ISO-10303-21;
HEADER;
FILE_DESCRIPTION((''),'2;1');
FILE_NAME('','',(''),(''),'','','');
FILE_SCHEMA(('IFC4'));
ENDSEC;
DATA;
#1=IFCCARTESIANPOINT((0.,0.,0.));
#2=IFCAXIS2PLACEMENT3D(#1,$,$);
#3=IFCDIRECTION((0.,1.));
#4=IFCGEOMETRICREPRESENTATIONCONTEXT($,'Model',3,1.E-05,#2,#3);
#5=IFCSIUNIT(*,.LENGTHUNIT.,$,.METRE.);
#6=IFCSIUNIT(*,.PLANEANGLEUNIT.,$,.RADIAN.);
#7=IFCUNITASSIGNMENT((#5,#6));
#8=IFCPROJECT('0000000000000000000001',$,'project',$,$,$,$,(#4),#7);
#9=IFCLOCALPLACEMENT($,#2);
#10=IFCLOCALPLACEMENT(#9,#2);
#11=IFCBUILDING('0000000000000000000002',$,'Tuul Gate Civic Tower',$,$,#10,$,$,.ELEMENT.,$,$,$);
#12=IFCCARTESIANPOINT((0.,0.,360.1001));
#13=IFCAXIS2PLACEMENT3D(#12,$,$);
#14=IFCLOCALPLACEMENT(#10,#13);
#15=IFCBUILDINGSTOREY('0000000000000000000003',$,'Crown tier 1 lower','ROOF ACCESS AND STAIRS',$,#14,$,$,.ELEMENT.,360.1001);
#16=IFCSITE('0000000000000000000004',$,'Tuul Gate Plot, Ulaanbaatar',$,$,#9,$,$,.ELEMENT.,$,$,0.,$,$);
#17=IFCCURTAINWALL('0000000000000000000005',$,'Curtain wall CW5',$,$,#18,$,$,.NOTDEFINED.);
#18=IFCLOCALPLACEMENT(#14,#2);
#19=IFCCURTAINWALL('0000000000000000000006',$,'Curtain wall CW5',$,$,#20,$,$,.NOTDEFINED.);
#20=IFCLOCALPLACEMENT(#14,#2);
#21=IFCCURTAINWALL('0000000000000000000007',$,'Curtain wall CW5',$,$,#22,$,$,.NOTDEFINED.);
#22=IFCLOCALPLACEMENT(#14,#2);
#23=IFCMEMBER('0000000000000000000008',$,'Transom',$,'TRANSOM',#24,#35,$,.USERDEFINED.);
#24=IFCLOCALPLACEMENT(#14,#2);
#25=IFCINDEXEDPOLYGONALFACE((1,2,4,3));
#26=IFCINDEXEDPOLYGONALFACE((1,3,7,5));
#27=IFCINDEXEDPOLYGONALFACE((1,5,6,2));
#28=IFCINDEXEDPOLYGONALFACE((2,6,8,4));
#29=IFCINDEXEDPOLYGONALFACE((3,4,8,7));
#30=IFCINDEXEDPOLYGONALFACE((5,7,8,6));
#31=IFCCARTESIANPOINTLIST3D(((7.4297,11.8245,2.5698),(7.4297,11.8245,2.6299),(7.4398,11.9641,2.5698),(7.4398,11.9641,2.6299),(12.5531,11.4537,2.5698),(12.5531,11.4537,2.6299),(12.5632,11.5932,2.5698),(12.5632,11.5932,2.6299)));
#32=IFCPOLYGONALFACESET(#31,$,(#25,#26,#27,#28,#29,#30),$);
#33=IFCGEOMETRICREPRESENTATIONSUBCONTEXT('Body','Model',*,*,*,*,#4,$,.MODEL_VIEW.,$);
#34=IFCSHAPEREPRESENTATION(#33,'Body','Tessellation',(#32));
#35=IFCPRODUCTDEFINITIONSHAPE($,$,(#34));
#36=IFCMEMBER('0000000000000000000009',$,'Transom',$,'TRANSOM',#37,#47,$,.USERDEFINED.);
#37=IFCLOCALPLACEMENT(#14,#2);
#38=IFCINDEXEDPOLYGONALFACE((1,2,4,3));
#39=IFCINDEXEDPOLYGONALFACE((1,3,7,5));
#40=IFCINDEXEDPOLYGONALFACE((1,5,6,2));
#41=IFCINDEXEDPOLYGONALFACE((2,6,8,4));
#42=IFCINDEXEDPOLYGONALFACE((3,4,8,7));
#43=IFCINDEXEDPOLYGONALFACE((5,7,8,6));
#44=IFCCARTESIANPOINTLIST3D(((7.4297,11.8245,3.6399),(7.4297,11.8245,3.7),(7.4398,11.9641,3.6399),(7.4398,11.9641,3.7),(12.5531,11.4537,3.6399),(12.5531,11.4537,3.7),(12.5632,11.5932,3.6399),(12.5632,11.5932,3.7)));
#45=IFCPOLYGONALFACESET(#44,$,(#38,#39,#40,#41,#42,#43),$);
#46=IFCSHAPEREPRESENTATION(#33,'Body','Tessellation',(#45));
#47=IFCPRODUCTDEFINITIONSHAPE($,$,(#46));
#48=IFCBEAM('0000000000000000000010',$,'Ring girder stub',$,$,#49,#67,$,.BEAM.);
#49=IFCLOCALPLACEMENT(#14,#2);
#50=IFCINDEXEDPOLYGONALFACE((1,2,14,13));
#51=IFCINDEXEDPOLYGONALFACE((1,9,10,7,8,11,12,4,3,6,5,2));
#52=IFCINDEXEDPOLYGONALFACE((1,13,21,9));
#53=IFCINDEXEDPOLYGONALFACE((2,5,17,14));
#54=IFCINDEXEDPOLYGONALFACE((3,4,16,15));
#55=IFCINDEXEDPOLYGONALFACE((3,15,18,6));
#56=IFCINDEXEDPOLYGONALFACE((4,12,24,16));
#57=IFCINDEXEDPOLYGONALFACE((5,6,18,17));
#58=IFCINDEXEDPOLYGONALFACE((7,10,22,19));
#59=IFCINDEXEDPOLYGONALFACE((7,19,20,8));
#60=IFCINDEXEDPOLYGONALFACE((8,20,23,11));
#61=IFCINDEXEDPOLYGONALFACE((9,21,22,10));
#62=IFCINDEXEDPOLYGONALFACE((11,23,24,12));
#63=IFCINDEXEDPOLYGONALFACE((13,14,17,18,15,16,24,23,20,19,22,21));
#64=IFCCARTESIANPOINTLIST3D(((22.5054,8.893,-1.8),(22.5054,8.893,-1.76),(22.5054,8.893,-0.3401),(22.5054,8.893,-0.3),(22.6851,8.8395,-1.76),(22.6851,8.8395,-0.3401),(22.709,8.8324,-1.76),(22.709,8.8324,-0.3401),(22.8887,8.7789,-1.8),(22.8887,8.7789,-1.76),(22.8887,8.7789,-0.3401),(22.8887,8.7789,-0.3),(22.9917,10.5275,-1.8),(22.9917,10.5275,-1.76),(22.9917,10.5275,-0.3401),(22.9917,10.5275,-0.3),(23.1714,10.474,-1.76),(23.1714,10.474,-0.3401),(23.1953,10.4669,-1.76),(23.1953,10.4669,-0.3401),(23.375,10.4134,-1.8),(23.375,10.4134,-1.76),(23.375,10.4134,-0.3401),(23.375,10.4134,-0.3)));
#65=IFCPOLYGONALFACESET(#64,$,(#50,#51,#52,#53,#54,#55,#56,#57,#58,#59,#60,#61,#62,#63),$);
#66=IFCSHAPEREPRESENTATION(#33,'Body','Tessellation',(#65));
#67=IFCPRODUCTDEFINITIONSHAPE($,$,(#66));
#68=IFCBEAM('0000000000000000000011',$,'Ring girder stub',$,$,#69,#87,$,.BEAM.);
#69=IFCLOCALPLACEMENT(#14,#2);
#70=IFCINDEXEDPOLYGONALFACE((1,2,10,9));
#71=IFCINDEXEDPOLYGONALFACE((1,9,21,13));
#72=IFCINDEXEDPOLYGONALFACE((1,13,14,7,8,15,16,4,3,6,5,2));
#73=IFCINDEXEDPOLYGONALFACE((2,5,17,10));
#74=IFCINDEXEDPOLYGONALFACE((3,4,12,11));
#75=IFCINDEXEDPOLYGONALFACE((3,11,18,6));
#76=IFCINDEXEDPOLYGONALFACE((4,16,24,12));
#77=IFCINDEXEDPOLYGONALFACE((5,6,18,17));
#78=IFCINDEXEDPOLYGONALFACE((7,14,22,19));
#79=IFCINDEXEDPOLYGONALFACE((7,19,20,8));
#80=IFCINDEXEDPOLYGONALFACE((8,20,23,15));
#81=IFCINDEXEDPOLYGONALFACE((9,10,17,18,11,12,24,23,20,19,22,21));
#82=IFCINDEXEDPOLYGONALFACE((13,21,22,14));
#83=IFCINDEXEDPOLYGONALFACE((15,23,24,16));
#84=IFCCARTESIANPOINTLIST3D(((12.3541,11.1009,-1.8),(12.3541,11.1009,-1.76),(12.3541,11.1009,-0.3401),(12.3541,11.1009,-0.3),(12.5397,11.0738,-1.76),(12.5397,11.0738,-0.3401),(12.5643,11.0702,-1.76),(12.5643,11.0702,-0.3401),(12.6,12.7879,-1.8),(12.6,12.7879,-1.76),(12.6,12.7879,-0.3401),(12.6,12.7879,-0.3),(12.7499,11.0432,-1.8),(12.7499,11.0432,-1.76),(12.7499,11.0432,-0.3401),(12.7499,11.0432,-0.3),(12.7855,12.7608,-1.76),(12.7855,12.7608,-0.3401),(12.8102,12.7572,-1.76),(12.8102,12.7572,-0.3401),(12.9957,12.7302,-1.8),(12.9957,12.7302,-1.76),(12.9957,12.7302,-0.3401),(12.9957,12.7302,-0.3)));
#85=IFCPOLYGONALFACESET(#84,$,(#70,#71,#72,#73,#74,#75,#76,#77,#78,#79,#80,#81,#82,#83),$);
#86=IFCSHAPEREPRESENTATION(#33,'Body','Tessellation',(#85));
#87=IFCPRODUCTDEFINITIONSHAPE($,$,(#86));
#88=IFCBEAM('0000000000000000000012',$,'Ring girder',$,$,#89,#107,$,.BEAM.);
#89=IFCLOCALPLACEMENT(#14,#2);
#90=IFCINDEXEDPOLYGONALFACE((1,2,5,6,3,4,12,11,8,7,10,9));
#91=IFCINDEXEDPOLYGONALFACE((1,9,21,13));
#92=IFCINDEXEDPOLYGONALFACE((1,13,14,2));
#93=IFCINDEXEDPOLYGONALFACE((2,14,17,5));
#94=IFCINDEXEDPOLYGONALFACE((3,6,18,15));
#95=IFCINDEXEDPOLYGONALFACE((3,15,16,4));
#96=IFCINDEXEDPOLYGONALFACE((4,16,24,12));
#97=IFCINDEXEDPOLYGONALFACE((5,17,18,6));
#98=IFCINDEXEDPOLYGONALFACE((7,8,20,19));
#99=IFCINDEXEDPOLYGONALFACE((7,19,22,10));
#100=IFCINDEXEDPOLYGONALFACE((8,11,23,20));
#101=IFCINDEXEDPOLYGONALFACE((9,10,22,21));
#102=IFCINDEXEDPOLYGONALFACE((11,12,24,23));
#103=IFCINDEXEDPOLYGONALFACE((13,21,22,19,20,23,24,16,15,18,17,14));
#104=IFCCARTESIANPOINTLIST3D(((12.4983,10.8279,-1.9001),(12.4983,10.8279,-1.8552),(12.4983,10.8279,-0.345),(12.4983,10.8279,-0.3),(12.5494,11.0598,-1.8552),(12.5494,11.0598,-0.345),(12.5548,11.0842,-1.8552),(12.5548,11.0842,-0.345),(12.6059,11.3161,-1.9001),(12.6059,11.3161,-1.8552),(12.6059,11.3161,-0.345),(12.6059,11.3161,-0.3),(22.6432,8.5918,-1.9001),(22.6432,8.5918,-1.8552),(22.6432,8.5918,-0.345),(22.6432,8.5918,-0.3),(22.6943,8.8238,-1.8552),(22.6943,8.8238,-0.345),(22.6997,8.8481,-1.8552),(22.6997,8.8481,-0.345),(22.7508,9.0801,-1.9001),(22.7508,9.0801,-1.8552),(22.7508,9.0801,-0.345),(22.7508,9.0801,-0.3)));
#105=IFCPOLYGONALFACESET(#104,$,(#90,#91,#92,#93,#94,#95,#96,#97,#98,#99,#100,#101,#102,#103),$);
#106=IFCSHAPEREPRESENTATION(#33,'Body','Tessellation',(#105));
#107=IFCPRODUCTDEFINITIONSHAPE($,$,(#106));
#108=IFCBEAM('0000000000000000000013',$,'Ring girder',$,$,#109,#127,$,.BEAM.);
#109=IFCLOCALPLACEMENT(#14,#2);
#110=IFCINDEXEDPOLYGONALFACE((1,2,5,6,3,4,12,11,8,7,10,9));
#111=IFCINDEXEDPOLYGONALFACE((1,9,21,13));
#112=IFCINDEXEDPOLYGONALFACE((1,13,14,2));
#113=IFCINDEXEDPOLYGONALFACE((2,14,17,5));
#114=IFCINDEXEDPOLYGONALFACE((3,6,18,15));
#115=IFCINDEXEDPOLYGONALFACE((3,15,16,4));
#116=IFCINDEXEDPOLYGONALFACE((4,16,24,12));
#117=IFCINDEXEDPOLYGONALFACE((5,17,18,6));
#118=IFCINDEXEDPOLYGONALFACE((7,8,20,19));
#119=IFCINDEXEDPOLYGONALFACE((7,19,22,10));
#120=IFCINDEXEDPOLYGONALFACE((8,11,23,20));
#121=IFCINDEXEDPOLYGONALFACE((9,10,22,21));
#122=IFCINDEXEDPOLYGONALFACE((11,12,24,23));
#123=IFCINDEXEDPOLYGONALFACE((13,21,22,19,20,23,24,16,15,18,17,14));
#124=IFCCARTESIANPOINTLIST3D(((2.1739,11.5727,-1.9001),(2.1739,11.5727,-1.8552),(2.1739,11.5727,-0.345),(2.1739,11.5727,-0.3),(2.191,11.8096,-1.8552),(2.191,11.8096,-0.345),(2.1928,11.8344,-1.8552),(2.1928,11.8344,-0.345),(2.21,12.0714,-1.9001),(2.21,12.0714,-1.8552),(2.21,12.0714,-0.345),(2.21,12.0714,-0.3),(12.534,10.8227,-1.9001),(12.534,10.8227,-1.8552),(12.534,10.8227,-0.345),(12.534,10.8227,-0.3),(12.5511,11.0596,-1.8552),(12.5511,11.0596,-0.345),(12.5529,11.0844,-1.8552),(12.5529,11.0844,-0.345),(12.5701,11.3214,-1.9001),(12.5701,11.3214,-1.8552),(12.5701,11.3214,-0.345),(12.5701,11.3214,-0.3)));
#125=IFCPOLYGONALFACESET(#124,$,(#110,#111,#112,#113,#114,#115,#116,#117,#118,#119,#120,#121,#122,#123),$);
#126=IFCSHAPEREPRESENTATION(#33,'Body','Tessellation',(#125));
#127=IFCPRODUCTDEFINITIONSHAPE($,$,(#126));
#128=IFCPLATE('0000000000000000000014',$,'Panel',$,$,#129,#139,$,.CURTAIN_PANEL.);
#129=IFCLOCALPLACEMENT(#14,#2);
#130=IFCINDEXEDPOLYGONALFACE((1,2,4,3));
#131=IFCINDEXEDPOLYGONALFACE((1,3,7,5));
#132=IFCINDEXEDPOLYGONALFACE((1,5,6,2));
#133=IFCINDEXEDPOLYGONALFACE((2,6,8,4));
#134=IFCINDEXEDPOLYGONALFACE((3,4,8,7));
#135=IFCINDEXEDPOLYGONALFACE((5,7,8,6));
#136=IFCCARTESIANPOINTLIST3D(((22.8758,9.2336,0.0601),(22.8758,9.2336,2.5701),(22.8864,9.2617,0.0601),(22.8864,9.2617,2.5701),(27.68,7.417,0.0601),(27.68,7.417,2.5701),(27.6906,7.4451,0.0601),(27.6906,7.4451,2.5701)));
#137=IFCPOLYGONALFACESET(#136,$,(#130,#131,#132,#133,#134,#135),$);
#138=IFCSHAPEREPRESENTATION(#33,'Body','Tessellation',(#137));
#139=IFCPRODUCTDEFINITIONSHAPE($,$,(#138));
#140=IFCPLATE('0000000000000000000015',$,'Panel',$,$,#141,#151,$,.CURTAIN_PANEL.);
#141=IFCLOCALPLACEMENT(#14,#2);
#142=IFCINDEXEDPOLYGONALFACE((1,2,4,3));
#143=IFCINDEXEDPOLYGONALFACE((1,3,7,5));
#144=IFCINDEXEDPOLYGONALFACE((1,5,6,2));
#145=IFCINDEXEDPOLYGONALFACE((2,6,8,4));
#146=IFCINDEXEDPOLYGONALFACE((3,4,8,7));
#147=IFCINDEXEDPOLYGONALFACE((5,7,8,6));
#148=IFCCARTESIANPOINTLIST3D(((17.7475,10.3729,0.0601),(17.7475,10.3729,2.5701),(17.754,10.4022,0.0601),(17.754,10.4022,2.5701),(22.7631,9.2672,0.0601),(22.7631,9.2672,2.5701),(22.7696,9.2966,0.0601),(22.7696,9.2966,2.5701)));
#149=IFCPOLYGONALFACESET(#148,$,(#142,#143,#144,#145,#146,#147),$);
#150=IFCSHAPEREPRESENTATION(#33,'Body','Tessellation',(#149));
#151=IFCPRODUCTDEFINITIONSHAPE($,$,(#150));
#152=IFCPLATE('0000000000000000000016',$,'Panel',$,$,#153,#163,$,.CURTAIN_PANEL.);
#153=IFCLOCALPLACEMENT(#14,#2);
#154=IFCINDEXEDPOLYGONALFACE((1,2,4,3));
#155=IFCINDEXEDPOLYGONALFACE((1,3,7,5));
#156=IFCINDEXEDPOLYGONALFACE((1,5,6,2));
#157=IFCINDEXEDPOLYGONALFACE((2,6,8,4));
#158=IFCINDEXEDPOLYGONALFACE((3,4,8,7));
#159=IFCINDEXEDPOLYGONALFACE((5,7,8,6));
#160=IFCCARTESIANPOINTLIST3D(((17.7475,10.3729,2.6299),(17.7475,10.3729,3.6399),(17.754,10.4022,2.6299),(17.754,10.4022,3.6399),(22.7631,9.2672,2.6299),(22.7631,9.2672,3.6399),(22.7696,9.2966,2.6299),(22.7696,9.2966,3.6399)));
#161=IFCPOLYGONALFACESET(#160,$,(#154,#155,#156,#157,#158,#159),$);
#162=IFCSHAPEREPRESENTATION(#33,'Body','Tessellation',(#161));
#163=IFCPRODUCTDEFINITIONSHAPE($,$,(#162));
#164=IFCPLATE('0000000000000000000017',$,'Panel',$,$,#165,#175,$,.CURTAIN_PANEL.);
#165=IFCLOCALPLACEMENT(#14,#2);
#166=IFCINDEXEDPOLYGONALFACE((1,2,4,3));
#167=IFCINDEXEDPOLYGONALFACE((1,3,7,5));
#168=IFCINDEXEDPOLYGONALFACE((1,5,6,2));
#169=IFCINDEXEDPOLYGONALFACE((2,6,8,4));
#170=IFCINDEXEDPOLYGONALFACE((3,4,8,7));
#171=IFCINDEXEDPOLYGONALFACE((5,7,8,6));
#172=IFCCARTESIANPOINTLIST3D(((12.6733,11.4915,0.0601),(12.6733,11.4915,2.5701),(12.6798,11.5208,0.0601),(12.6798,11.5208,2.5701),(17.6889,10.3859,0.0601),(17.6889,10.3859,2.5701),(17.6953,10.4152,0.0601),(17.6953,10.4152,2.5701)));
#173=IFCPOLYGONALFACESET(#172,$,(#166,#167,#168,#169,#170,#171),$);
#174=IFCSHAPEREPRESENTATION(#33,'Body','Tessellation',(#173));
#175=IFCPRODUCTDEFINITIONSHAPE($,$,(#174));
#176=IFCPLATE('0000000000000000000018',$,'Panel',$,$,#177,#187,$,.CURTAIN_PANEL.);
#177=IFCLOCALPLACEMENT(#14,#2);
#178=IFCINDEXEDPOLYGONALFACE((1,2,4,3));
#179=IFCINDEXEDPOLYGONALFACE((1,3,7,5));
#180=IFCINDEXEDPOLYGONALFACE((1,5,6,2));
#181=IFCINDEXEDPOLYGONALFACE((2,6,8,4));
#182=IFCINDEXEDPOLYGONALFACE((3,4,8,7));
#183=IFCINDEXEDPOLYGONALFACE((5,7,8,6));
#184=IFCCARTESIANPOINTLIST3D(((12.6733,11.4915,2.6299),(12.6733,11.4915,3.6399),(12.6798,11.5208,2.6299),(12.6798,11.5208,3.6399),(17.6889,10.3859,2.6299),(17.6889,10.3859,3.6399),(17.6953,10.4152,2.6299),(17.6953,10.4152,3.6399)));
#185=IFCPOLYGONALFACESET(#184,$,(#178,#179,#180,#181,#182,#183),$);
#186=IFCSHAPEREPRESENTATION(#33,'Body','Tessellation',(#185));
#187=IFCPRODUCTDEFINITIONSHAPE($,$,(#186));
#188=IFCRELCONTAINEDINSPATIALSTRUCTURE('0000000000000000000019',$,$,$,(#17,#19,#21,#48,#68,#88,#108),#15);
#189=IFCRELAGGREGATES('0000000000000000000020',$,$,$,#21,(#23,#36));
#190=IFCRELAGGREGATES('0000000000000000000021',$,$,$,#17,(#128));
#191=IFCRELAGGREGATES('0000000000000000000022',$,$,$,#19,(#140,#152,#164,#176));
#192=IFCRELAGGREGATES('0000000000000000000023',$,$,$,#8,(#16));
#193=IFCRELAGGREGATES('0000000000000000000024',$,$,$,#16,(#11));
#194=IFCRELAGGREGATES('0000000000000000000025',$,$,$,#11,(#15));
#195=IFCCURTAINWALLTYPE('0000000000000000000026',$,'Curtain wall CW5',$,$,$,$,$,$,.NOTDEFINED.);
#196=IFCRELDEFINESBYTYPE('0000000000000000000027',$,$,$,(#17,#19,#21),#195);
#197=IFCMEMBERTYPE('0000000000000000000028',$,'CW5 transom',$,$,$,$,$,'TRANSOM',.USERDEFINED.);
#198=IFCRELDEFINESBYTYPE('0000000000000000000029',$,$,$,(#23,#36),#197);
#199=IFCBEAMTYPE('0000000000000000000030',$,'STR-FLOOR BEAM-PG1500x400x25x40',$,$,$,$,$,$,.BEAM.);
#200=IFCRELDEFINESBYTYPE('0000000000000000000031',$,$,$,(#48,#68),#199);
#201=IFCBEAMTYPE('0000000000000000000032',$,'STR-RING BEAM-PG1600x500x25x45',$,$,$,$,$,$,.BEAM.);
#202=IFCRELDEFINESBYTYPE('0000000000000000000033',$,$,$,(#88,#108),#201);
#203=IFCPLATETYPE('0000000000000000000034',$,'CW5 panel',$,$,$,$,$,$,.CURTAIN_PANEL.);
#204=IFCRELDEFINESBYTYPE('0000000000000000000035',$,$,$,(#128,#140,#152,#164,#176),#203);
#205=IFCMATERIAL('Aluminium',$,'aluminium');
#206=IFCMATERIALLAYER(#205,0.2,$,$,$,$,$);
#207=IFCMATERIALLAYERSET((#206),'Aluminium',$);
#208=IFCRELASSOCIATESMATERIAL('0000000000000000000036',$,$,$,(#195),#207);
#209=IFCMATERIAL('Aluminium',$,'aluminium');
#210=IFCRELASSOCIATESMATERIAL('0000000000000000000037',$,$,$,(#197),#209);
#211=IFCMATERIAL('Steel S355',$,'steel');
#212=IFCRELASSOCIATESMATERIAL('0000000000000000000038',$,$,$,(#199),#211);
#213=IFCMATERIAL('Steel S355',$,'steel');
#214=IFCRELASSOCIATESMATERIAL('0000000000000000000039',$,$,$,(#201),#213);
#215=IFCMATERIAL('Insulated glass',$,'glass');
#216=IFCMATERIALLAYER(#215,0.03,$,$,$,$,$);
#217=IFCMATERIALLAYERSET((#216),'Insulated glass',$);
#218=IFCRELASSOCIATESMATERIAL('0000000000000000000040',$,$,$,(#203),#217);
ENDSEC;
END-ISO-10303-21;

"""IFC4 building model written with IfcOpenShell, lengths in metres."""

from ifc_helpers import new_model, si_unit, direction, frame, origin, origin_2d, place, context, subcontext, project, spatial, rectangle, i_section, extrude, material, layer, layer_set, material_profile, profile_set, type_object, element, aggregate, save


model = new_model("IFC4")

# Units and contexts
model_context = context("Model", 3, precision=1e-05, world=origin(), true_north=direction((0.0, 1.0)))
body_context = subcontext(model_context, "Body", "Model", "MODEL_VIEW")
ifc_project = project(units=[si_unit("LENGTHUNIT", "METRE"), si_unit("PLANEANGLEUNIT", "RADIAN")], contexts=[model_context])

# Site, building, storey
site_placement = place(None, origin())
site = spatial("IfcSite", under=ifc_project, at=site_placement, Name="Tuul Gate Plot, Ulaanbaatar", CompositionType="ELEMENT", RefElevation=0.0)
building_placement = place(site_placement, origin())
building = spatial("IfcBuilding", under=site, at=building_placement, Name="Tuul Gate Civic Tower", CompositionType="ELEMENT")
storey_placement = place(building_placement, frame((0.0, 0.0, 360.1001)))
storey = spatial("IfcBuildingStorey", under=building, at=storey_placement, Name="Crown tier 1 lower", Description="ROOF ACCESS AND STAIRS", CompositionType="ELEMENT", Elevation=360.1001)

# Curtain wall
ifc_material_1 = material(Name="Aluminium", Category="aluminium")
ifc_layer_1 = layer(ifc_material_1, 0.2)
ifc_layer_set_1 = layer_set([ifc_layer_1], Name="Aluminium")
curtain_wall_type = type_object("IfcCurtainWallType", Name="Curtain wall CW5", PredefinedType="NOTDEFINED", material=ifc_layer_set_1)
curtain_wall_1_placement = place(storey_placement, origin())
curtain_wall_1 = element("IfcCurtainWall", 1, at=curtain_wall_1_placement, inside=storey, type_object=curtain_wall_type, Name="Curtain wall CW5", PredefinedType="NOTDEFINED")

# Curtain wall
curtain_wall_2_placement = place(storey_placement, origin())
curtain_wall_2 = element("IfcCurtainWall", 2, at=curtain_wall_2_placement, inside=storey, type_object=curtain_wall_type, Name="Curtain wall CW5", PredefinedType="NOTDEFINED")

# Curtain wall
curtain_wall_3_placement = place(storey_placement, origin())
curtain_wall_3 = element("IfcCurtainWall", 3, at=curtain_wall_3_placement, inside=storey, type_object=curtain_wall_type, Name="Curtain wall CW5", PredefinedType="NOTDEFINED")

# Members
ifc_material_2 = material(Name="Aluminium", Category="aluminium")
ifc_material_profile_1 = material_profile(ifc_material_2, rectangle(XDim=0.1399, YDim=0.0601, at=origin_2d()), Name="CW5 transom")
ifc_profile_set_1 = profile_set([ifc_material_profile_1], Name="Aluminium")
member_type_1 = type_object("IfcMemberType", Name="CW5 transom", ElementType="TRANSOM", PredefinedType="USERDEFINED", material=ifc_profile_set_1)
member_1_placement = place(storey_placement, frame((12.5581, 11.5234, 2.5999), z_axis=(-0.99739, 0.072196, 0.0), x_axis=(-0.072196, -0.99739, 0.0)))
member_1 = element("IfcMember", 4, at=member_1_placement, type_object=member_type_1, Name="Transom", ObjectType="TRANSOM", PredefinedType="USERDEFINED", context=body_context, shape_type="SweptSolid", body=[
    extrude(rectangle(XDim=0.1399, YDim=0.0601, at=origin_2d()), origin(), (0.0, 0.0, 1.0), 5.1367),
])
member_2_placement = place(storey_placement, frame((12.5581, 11.5234, 3.6699), z_axis=(-0.99739, 0.072196, 0.0), x_axis=(-0.072196, -0.99739, 0.0)))
member_2 = element("IfcMember", 5, at=member_2_placement, type_object=member_type_1, Name="Transom", ObjectType="TRANSOM", PredefinedType="USERDEFINED", context=body_context, shape_type="SweptSolid", body=[
    extrude(rectangle(XDim=0.1399, YDim=0.0601, at=origin_2d()), origin(), (0.0, 0.0, 1.0), 5.1367),
])
aggregate(curtain_wall_3, [member_1, member_2])

# Beams
ifc_material_3 = material(Name="Steel S355", Category="steel")
ifc_material_profile_2 = material_profile(ifc_material_3, i_section(OverallWidth=0.3999, OverallDepth=1.5, WebThickness=0.0249, FlangeThickness=0.04, at=origin_2d()), Name="PG1500x400x25x40")
ifc_profile_set_2 = profile_set([ifc_material_profile_2], Name="Steel S355")
beam_type_1 = type_object("IfcBeamType", Name="STR-FLOOR BEAM-PG1500x400x25x40", PredefinedType="BEAM", material=ifc_profile_set_2)
beam_1_placement = place(storey_placement, frame((23.1833, 10.4705, -1.05), z_axis=(-0.28518, -0.958474, 0.0), x_axis=(0.958474, -0.28518, 0.0)))
element("IfcBeam", 6, at=beam_1_placement, inside=storey, type_object=beam_type_1, Name="Ring girder stub", PredefinedType="BEAM", context=body_context, shape_type="SweptSolid", body=[
    extrude(i_section(OverallWidth=0.3999, OverallDepth=1.5, WebThickness=0.0249, FlangeThickness=0.04, at=origin_2d()), origin(), (0.0, 0.0, 1.0), 1.7053),
])
beam_2_placement = place(storey_placement, frame((12.7979, 12.759, -1.05), z_axis=(-0.144208, -0.989547, 0.0), x_axis=(0.989547, -0.144208, 0.0)))
element("IfcBeam", 7, at=beam_2_placement, inside=storey, type_object=beam_type_1, Name="Ring girder stub", PredefinedType="BEAM", context=body_context, shape_type="SweptSolid", body=[
    extrude(i_section(OverallWidth=0.3999, OverallDepth=1.5, WebThickness=0.0249, FlangeThickness=0.04, at=origin_2d()), origin(), (0.0, 0.0, 1.0), 1.7048),
])
ifc_material_4 = material(Name="Steel S355", Category="steel")
ifc_material_profile_3 = material_profile(ifc_material_4, i_section(OverallWidth=0.5, OverallDepth=1.6001, WebThickness=0.0249, FlangeThickness=0.0449, at=origin_2d()), Name="PG1600x500x25x45")
ifc_profile_set_3 = profile_set([ifc_material_profile_3], Name="Steel S355")
beam_type_2 = type_object("IfcBeamType", Name="STR-RING BEAM-PG1600x500x25x45", PredefinedType="BEAM", material=ifc_profile_set_3)
beam_3_placement = place(storey_placement, frame((22.697, 8.8359, -1.1001), z_axis=(-0.97656, 0.215246, 0.0), x_axis=(-0.215246, -0.97656, 0.0)))
element("IfcBeam", 8, at=beam_3_placement, inside=storey, type_object=beam_type_2, Name="Ring girder", PredefinedType="BEAM", context=body_context, shape_type="SweptSolid", body=[
    extrude(i_section(OverallWidth=0.5, OverallDepth=1.6001, WebThickness=0.0249, FlangeThickness=0.0449, at=origin_2d()), origin(), (0.0, 0.0, 1.0), 10.3884),
])
beam_4_placement = place(storey_placement, frame((12.552, 11.072, -1.1001), z_axis=(-0.99739, 0.072204, 0.0), x_axis=(-0.072204, -0.99739, 0.0)))
element("IfcBeam", 9, at=beam_4_placement, inside=storey, type_object=beam_type_2, Name="Ring girder", PredefinedType="BEAM", context=body_context, shape_type="SweptSolid", body=[
    extrude(i_section(OverallWidth=0.5, OverallDepth=1.6001, WebThickness=0.0249, FlangeThickness=0.0449, at=origin_2d()), origin(), (0.0, 0.0, 1.0), 10.3872),
])

# Plates
ifc_material_5 = material(Name="Insulated glass", Category="glass")
ifc_layer_2 = layer(ifc_material_5, 0.03)
ifc_layer_set_2 = layer_set([ifc_layer_2], Name="Insulated glass")
plate_type = type_object("IfcPlateType", Name="CW5 panel", PredefinedType="CURTAIN_PANEL", material=ifc_layer_set_2)
plate_1_placement = place(storey_placement, frame((25.2832, 8.3394, 0.0601), z_axis=(0.0, 0.0, 1.0), x_axis=(-0.935362, 0.353691, 0.0)))
plate_1 = element("IfcPlate", 10, at=plate_1_placement, type_object=plate_type, Name="Panel", PredefinedType="CURTAIN_PANEL", context=body_context, shape_type="SweptSolid", body=[
    extrude(rectangle(XDim=5.1362, YDim=0.03, at=origin_2d()), origin(), (0.0, 0.0, 1.0), 2.51),
])
aggregate(curtain_wall_1, [plate_1])
plate_2_placement = place(storey_placement, frame((20.2585, 9.8347, 0.0601), z_axis=(0.0, 0.0, 1.0), x_axis=(-0.976555, 0.215269, 0.0)))
plate_2 = element("IfcPlate", 11, at=plate_2_placement, type_object=plate_type, Name="Panel", PredefinedType="CURTAIN_PANEL", context=body_context, shape_type="SweptSolid", body=[
    extrude(rectangle(XDim=5.136, YDim=0.03, at=origin_2d()), origin(), (0.0, 0.0, 1.0), 2.51),
])
plate_3_placement = place(storey_placement, frame((20.2585, 9.8347, 2.6299), z_axis=(0.0, 0.0, 1.0), x_axis=(-0.976555, 0.215269, 0.0)))
plate_3 = element("IfcPlate", 12, at=plate_3_placement, type_object=plate_type, Name="Panel", PredefinedType="CURTAIN_PANEL", context=body_context, shape_type="SweptSolid", body=[
    extrude(rectangle(XDim=5.136, YDim=0.03, at=origin_2d()), origin(), (0.0, 0.0, 1.0), 1.01),
])
plate_4_placement = place(storey_placement, frame((15.1843, 10.9534, 0.0601), z_axis=(0.0, 0.0, 1.0), x_axis=(-0.976555, 0.215269, 0.0)))
plate_4 = element("IfcPlate", 13, at=plate_4_placement, type_object=plate_type, Name="Panel", PredefinedType="CURTAIN_PANEL", context=body_context, shape_type="SweptSolid", body=[
    extrude(rectangle(XDim=5.136, YDim=0.03, at=origin_2d()), origin(), (0.0, 0.0, 1.0), 2.51),
])
plate_5_placement = place(storey_placement, frame((15.1843, 10.9534, 2.6299), z_axis=(0.0, 0.0, 1.0), x_axis=(-0.976555, 0.215269, 0.0)))
plate_5 = element("IfcPlate", 14, at=plate_5_placement, type_object=plate_type, Name="Panel", PredefinedType="CURTAIN_PANEL", context=body_context, shape_type="SweptSolid", body=[
    extrude(rectangle(XDim=5.136, YDim=0.03, at=origin_2d()), origin(), (0.0, 0.0, 1.0), 1.01),
])
aggregate(curtain_wall_2, [plate_2, plate_3, plate_4, plate_5])

save(model, "model.ifc")
